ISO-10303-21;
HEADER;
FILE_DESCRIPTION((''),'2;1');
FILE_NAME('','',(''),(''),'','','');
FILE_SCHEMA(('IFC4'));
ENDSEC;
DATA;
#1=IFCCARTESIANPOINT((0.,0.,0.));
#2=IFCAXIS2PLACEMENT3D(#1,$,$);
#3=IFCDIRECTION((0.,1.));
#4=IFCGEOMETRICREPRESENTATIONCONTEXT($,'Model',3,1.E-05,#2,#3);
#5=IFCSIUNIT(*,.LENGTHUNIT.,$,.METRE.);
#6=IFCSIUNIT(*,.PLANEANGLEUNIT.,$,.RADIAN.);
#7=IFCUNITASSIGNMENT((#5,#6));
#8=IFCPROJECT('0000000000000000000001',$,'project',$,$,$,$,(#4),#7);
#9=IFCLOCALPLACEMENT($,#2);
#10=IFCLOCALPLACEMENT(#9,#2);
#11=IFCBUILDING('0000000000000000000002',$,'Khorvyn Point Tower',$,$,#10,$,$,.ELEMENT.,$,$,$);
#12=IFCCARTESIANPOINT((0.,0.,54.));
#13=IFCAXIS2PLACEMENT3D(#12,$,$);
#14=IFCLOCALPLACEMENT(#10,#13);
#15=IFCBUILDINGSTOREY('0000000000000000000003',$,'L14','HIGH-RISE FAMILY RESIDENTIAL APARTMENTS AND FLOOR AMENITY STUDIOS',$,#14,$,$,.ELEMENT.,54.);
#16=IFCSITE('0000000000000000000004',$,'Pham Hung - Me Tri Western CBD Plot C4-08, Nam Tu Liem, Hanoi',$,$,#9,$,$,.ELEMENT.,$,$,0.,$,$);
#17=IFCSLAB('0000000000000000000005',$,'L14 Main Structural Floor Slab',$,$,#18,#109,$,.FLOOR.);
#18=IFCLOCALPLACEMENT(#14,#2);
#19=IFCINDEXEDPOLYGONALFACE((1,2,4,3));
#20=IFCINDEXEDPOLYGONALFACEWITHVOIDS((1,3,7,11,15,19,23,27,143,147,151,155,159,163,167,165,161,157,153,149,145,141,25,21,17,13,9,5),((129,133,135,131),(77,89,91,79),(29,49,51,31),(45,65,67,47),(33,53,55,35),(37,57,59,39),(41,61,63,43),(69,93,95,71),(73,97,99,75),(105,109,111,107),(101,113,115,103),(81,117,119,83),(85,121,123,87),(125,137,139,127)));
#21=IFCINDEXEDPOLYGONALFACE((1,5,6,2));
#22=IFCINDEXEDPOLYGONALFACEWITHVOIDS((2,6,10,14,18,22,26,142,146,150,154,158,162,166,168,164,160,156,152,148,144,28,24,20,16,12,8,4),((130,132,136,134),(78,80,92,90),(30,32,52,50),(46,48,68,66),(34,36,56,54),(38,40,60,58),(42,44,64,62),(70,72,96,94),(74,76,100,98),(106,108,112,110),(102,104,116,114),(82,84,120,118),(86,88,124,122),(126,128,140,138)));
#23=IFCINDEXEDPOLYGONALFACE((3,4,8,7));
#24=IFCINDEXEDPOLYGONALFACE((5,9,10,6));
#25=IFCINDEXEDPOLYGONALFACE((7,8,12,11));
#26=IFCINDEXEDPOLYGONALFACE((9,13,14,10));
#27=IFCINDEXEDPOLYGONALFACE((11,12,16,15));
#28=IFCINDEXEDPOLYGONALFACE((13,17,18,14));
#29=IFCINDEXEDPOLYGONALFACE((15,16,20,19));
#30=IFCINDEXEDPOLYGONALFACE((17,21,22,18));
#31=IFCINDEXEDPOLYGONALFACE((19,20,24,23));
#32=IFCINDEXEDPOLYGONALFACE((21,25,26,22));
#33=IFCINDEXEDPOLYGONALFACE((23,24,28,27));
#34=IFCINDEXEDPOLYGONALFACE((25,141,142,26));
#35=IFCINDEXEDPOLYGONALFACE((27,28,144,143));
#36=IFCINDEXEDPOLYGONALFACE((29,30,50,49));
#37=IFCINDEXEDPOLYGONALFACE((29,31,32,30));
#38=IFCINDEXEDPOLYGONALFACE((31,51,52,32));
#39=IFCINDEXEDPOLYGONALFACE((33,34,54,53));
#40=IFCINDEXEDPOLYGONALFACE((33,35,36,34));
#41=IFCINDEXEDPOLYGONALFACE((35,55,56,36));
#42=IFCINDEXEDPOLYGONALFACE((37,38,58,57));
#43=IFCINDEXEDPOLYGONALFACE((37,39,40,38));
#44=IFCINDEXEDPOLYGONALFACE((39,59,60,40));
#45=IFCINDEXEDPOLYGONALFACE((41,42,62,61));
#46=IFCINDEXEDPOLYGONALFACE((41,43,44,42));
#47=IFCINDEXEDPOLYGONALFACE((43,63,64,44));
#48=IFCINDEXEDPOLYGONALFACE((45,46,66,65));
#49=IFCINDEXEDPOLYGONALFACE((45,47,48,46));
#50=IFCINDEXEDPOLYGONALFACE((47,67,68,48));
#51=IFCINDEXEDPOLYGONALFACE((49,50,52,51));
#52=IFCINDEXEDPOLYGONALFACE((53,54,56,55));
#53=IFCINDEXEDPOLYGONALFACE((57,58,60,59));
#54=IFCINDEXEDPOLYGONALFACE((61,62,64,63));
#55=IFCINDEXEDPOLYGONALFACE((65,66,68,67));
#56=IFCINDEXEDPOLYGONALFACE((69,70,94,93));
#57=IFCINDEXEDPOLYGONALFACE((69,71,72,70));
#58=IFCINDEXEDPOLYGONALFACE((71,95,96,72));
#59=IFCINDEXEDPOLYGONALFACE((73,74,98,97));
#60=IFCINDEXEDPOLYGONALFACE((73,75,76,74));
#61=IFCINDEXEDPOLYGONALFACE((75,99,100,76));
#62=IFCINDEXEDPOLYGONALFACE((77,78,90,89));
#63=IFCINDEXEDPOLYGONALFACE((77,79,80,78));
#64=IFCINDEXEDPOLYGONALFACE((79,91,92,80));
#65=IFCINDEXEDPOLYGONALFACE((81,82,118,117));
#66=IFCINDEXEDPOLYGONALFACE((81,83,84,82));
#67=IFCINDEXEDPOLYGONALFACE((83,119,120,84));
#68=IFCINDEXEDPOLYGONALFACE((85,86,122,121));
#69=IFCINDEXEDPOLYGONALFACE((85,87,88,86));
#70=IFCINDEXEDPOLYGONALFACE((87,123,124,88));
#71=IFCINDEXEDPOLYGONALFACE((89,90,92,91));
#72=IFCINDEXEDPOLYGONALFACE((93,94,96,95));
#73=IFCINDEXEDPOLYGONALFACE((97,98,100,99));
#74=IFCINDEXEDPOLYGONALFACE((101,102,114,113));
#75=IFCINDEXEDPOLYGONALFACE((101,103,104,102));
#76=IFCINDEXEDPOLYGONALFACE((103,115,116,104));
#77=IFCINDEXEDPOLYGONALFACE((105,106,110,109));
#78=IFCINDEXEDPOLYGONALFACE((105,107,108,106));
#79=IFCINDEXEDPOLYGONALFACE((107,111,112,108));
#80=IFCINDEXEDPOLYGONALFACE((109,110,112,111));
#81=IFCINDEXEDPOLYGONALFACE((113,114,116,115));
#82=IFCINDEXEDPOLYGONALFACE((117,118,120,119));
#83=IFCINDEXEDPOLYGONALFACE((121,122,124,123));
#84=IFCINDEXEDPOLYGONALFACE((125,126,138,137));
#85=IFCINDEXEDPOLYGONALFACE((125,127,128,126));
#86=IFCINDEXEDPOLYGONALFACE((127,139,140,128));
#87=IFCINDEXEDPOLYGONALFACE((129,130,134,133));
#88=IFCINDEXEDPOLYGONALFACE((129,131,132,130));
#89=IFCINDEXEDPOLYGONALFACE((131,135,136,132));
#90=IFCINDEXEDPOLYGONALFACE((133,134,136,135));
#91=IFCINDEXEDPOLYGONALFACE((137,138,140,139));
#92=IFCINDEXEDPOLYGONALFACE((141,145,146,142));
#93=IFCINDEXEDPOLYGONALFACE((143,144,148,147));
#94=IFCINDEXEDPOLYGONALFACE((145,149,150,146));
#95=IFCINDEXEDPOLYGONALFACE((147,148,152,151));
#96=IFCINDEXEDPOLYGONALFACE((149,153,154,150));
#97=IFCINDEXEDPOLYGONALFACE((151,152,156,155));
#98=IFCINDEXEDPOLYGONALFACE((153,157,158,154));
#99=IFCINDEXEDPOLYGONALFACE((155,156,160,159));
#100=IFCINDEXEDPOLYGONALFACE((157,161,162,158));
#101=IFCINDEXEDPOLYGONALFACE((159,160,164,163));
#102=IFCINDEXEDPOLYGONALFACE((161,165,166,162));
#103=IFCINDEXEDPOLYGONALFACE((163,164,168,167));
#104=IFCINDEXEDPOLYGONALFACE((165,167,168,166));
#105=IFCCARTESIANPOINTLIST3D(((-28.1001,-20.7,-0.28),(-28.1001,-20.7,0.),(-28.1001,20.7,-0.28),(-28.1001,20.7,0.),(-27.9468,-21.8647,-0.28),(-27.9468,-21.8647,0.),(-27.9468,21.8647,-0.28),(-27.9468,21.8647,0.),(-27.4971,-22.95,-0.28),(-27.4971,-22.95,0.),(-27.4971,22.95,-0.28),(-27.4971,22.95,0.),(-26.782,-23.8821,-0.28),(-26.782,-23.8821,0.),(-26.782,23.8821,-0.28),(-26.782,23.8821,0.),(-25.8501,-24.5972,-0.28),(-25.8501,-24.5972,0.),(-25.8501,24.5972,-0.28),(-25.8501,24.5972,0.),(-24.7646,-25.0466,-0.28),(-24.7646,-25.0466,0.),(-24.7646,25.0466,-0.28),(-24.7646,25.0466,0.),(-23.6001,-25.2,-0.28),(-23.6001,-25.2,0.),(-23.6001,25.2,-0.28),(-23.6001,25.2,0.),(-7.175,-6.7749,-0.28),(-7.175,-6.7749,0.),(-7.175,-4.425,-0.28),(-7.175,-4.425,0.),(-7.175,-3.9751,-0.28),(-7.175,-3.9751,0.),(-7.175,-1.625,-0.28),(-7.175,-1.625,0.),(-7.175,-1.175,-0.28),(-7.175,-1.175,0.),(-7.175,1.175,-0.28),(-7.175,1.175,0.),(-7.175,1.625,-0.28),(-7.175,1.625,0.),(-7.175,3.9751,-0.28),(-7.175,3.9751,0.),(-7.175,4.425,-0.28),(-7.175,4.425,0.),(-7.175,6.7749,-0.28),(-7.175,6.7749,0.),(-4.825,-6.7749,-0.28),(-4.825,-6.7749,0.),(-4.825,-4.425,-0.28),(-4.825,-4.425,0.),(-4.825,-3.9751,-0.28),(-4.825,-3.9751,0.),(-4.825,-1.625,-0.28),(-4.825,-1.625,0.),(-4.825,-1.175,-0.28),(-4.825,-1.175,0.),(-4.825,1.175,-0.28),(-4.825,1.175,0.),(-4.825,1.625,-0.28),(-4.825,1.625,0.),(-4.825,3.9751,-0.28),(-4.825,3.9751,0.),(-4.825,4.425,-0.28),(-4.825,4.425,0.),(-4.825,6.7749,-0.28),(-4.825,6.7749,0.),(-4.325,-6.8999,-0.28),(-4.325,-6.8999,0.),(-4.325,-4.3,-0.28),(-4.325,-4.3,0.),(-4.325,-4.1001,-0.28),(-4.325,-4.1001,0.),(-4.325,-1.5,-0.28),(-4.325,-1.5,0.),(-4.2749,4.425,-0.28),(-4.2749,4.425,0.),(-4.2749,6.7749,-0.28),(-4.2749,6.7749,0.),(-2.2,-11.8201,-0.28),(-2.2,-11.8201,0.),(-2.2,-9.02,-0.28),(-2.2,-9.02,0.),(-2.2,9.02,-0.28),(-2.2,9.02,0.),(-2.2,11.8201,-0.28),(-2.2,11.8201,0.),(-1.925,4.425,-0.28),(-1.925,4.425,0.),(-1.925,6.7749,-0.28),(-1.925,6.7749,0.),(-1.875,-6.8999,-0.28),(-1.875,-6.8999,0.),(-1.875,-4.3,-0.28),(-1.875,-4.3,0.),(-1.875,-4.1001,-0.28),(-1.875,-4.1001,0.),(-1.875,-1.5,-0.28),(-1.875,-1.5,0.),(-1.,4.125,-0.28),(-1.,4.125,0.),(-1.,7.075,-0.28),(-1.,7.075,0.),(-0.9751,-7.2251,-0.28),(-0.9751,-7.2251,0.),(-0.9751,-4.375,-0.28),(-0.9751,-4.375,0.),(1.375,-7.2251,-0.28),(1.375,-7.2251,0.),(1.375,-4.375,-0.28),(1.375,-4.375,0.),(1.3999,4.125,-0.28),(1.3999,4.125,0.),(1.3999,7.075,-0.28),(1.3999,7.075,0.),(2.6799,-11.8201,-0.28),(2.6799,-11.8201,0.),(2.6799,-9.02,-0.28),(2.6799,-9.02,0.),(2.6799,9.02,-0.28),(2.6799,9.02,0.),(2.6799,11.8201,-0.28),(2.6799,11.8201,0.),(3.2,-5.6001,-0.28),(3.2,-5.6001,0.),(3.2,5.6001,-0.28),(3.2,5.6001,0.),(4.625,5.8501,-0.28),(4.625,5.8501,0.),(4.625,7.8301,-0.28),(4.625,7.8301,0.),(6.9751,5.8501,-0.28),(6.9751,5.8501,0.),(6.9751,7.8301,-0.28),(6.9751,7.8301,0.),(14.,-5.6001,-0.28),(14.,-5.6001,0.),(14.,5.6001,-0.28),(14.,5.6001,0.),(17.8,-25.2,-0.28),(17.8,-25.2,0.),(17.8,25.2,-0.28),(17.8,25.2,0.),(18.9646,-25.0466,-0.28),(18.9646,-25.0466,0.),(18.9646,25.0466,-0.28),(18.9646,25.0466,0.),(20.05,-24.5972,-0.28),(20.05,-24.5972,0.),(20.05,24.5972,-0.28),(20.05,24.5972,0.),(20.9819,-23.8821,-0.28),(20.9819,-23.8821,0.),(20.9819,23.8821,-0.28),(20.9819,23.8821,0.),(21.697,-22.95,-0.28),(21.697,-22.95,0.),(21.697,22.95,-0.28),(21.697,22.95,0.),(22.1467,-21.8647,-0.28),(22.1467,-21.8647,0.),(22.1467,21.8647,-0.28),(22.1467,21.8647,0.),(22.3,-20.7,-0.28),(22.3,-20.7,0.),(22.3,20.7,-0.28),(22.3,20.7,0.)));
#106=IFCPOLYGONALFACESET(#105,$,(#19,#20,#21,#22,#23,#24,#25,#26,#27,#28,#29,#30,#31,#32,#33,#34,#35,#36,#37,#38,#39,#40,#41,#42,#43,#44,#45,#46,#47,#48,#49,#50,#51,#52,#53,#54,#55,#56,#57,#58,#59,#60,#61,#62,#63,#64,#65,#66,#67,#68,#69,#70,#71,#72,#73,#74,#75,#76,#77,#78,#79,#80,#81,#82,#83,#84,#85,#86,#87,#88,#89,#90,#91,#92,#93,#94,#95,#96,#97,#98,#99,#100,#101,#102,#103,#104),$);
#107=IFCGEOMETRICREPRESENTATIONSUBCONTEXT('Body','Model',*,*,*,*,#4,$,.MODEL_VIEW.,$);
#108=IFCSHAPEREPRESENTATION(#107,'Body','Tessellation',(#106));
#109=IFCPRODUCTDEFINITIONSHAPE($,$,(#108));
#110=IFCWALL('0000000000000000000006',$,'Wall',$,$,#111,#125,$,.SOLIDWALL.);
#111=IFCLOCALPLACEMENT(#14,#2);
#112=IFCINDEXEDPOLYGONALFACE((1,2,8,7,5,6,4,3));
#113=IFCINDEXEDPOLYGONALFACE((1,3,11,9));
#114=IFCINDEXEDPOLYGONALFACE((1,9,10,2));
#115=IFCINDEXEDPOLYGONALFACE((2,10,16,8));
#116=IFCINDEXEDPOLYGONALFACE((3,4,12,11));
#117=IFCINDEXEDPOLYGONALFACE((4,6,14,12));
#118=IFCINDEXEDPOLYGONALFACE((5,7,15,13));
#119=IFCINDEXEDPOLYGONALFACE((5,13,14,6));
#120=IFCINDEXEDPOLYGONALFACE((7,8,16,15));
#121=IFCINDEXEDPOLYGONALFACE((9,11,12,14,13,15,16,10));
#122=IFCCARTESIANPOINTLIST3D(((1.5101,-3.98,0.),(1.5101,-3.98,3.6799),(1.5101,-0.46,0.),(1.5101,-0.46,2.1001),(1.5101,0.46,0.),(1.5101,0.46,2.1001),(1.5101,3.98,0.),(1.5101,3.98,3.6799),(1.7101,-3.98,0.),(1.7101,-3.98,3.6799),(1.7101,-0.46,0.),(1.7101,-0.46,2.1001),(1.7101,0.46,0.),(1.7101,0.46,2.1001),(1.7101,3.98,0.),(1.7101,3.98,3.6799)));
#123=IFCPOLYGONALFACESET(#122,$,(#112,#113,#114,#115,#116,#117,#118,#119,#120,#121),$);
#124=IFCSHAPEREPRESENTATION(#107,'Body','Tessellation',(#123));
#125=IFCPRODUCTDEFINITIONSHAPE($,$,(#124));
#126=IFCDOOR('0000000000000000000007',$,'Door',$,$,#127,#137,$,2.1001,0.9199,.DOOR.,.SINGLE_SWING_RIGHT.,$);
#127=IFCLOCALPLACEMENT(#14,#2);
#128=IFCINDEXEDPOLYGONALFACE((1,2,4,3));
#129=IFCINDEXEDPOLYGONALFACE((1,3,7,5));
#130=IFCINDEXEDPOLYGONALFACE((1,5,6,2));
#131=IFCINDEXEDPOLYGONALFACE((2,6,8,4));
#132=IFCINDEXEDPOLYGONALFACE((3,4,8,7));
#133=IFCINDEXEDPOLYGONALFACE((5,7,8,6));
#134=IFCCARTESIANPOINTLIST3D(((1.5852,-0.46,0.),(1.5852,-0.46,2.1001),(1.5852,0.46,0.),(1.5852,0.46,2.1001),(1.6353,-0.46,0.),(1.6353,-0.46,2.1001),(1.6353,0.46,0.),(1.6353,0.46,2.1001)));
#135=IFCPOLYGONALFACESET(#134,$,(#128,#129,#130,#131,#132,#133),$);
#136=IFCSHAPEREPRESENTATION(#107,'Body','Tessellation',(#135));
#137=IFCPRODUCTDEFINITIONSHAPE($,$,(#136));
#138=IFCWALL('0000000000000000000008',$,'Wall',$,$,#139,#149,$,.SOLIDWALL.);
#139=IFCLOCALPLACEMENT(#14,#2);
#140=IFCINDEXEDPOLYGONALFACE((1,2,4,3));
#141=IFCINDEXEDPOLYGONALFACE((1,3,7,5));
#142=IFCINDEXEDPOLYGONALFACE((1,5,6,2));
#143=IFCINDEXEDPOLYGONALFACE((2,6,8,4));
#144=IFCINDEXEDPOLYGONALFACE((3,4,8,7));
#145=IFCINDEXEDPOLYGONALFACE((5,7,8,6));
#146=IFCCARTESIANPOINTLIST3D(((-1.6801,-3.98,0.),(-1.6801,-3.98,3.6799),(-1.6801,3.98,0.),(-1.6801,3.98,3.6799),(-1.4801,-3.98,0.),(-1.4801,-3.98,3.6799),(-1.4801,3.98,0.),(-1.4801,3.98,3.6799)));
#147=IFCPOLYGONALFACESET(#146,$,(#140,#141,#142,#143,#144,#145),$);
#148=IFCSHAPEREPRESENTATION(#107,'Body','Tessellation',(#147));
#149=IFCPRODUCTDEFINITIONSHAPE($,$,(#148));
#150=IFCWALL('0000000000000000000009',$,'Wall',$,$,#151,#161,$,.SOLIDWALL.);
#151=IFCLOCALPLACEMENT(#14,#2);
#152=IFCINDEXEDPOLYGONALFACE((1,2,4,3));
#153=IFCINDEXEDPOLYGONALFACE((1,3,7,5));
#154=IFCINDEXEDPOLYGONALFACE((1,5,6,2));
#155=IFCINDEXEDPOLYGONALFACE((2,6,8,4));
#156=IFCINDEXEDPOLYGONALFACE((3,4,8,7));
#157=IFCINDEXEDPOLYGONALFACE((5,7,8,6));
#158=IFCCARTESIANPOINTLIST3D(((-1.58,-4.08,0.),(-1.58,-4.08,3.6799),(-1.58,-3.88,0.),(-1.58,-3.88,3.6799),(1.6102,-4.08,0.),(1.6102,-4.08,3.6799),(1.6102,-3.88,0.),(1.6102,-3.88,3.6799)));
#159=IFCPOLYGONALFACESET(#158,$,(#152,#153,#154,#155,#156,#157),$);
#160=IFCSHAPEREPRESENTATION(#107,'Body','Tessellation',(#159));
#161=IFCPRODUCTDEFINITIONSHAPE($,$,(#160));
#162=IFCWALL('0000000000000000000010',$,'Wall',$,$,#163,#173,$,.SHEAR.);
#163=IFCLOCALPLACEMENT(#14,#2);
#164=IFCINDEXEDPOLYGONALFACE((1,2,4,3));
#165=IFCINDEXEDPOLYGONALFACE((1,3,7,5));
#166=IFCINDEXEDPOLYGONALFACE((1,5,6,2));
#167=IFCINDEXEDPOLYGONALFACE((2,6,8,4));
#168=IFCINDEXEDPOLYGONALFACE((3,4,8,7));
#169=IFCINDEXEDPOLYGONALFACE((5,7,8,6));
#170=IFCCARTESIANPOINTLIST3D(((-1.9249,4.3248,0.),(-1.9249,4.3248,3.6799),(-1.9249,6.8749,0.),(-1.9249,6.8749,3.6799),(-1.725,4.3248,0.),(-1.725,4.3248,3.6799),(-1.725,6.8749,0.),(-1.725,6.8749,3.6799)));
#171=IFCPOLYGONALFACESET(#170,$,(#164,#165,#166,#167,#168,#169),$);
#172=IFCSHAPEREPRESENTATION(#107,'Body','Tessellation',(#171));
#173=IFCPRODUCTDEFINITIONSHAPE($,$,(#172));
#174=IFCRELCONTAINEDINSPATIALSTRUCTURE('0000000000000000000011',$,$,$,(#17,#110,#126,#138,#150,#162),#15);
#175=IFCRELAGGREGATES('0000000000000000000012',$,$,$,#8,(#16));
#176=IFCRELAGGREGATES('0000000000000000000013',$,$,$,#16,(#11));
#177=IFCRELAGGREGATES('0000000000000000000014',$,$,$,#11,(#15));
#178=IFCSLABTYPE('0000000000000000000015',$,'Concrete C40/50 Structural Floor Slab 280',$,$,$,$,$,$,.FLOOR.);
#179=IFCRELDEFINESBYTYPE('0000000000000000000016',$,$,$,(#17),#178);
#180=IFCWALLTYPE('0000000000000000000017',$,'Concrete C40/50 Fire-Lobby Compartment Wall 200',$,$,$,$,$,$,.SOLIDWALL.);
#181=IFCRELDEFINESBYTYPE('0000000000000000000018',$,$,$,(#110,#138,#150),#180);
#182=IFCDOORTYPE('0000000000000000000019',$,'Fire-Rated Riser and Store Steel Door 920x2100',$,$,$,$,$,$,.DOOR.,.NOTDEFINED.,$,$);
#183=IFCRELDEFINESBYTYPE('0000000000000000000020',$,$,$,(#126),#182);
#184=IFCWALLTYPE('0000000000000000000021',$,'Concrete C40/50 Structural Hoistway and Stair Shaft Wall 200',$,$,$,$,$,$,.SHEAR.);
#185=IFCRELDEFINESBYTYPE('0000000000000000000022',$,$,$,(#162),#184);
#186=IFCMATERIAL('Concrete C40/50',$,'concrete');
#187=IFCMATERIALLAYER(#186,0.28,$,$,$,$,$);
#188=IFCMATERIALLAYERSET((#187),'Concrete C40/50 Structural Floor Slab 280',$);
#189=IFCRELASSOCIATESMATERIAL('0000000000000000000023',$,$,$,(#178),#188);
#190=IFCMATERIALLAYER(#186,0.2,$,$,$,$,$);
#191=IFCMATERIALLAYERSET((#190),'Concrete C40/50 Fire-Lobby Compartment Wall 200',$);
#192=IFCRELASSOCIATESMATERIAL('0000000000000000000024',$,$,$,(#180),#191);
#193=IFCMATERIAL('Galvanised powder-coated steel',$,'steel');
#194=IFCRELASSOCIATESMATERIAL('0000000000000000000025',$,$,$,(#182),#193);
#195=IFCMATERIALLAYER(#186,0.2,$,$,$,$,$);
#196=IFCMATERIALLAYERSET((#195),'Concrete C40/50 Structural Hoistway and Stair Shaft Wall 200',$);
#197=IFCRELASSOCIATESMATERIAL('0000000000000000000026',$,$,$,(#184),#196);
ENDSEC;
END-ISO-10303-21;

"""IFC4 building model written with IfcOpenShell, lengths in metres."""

from ifc_helpers import new_model, si_unit, direction, frame, frame_2d, origin, place, context, subcontext, project, spatial, polyline, rectangle, outline, extrude, material, layer, layer_set, type_object, element, fill, save


model = new_model("IFC4")

# Units and contexts
model_context = context("Model", 3, precision=1e-05, world=origin(), true_north=direction((0.0, 1.0)))
body_context = subcontext(model_context, "Body", "Model", "MODEL_VIEW")
ifc_project = project(units=[si_unit("LENGTHUNIT", "METRE"), si_unit("PLANEANGLEUNIT", "RADIAN")], contexts=[model_context])

# Site, building, storey
site_placement = place(None, origin())
site = spatial("IfcSite", under=ifc_project, at=site_placement, Name="Pham Hung - Me Tri Western CBD Plot C4-08, Nam Tu Liem, Hanoi", CompositionType="ELEMENT", RefElevation=0.0)
building_placement = place(site_placement, origin())
building = spatial("IfcBuilding", under=site, at=building_placement, Name="Khorvyn Point Tower", CompositionType="ELEMENT")
storey_placement = place(building_placement, frame((0.0, 0.0, 54.0)))
storey = spatial("IfcBuildingStorey", under=building, at=storey_placement, Name="L14", Description="HIGH-RISE FAMILY RESIDENTIAL APARTMENTS AND FLOOR AMENITY STUDIOS", CompositionType="ELEMENT", Elevation=54.0)

# Shared definitions
ifc_material_1 = material(Name="Concrete C40/50", Category="concrete")

# Slab
ifc_layer_1 = layer(ifc_material_1, 0.28)
ifc_layer_set_1 = layer_set([ifc_layer_1], Name="Concrete C40/50 Structural Floor Slab 280")
slab_type_1 = type_object("IfcSlabType", Name="Concrete C40/50 Structural Floor Slab 280", PredefinedType="FLOOR", material=ifc_layer_set_1)
slab_1_placement = place(storey_placement, frame((0.0, 0.0, -0.28)))
element("IfcSlab", 1, at=slab_1_placement, inside=storey, type_object=slab_type_1, Name="L14 Main Structural Floor Slab", PredefinedType="FLOOR", context=body_context, shape_type="SweptSolid", body=[
    extrude(outline(polyline([(-23.6001, -25.2), (-24.7646, -25.0466), (-25.8501, -24.5972), (-26.782, -23.8821), (-27.4971, -22.95), (-27.9468, -21.8647), (-28.1001, -20.7), (-28.1001, 20.7), (-27.9468, 21.8647), (-27.4971, 22.95), (-26.782, 23.8821), (-25.8501, 24.5972), (-24.7646, 25.0466), (-23.6001, 25.2), (17.8, 25.2), (18.9646, 25.0466), (20.05, 24.5972), (20.9819, 23.8821), (21.697, 22.95), (22.1467, 21.8647), (22.3, 20.7), (22.3, -20.7), (22.1467, -21.8647), (21.697, -22.95), (20.9819, -23.8821), (20.05, -24.5972), (18.9646, -25.0466), (17.8, -25.2), (-23.6001, -25.2)]), holes=[polyline([(-4.825, -6.7749), (-4.825, -4.425), (-7.175, -4.425), (-7.175, -6.7749), (-4.825, -6.7749)]), polyline([(-4.325, -6.8999), (-1.875, -6.8999), (-1.875, -4.3), (-4.325, -4.3), (-4.325, -6.8999)]), polyline([(-7.175, -3.9751), (-4.825, -3.9751), (-4.825, -1.625), (-7.175, -1.625), (-7.175, -3.9751)]), polyline([(-7.175, -1.175), (-4.825, -1.175), (-4.825, 1.175), (-7.175, 1.175), (-7.175, -1.175)]), polyline([(-7.175, 1.625), (-4.825, 1.625), (-4.825, 3.9751), (-7.175, 3.9751), (-7.175, 1.625)]), polyline([(-7.175, 4.425), (-4.825, 4.425), (-4.825, 6.7749), (-7.175, 6.7749), (-7.175, 4.425)]), polyline([(-4.2749, 4.425), (-1.925, 4.425), (-1.925, 6.7749), (-4.2749, 6.7749), (-4.2749, 4.425)]), polyline([(2.6799, -11.8201), (2.6799, -9.02), (-2.2, -9.02), (-2.2, -11.8201), (2.6799, -11.8201)]), polyline([(-0.9751, -7.2251), (1.375, -7.2251), (1.375, -4.375), (-0.9751, -4.375), (-0.9751, -7.2251)]), polyline([(-4.325, -4.1001), (-1.875, -4.1001), (-1.875, -1.5), (-4.325, -1.5), (-4.325, -4.1001)]), polyline([(3.2, -5.6001), (14.0, -5.6001), (14.0, 5.6001), (3.2, 5.6001), (3.2, -5.6001)]), polyline([(-1.0, 4.125), (1.3999, 4.125), (1.3999, 7.075), (-1.0, 7.075), (-1.0, 4.125)]), polyline([(4.625, 5.8501), (6.9751, 5.8501), (6.9751, 7.8301), (4.625, 7.8301), (4.625, 5.8501)]), polyline([(-2.2, 9.02), (2.6799, 9.02), (2.6799, 11.8201), (-2.2, 11.8201), (-2.2, 9.02)])]), origin(), (0.0, 0.0, 1.0), 0.28),
])

# Wall, opening, door
ifc_layer_2 = layer(ifc_material_1, 0.2)
ifc_layer_set_2 = layer_set([ifc_layer_2], Name="Concrete C40/50 Fire-Lobby Compartment Wall 200")
wall_type_1 = type_object("IfcWallType", Name="Concrete C40/50 Fire-Lobby Compartment Wall 200", PredefinedType="SOLIDWALL", material=ifc_layer_set_2)
wall_1_placement = place(storey_placement, frame((1.6101, -3.98, 0.0), z_axis=(0.0, 0.0, 1.0), x_axis=(0.0, 1.0, 0.0)))
wall_1 = element("IfcWall", 2, at=wall_1_placement, inside=storey, type_object=wall_type_1, Name="Wall", PredefinedType="SOLIDWALL", context=body_context, shape_type="SweptSolid", body=[
    extrude(rectangle(XDim=7.96, YDim=0.2, at=frame_2d((3.98, 0.0))), origin(), (0.0, 0.0, 1.0), 3.6799),
])
opening_1_placement = place(wall_1_placement, frame((3.52, 0.0, 0.0)))
opening_1 = element("IfcOpeningElement", 3, at=opening_1_placement, cuts=wall_1, PredefinedType="OPENING", context=body_context, shape_type="SweptSolid", body=[
    extrude(rectangle(XDim=0.9199, YDim=2.1001, at=frame_2d((0.46, 1.05))), frame((0.0, 0.1099, 0.0), z_axis=(0.0, -1.0, 0.0), x_axis=(1.0, 0.0, 0.0)), (0.0, 0.0, 1.0), 0.22),
])
ifc_material_2 = material(Name="Galvanised powder-coated steel", Category="steel")
door_type_1 = type_object("IfcDoorType", Name="Fire-Rated Riser and Store Steel Door 920x2100", OperationType="NOTDEFINED", PredefinedType="DOOR", material=ifc_material_2)
door_1_placement = place(opening_1_placement, origin())
door_1 = element("IfcDoor", 4, at=door_1_placement, inside=storey, type_object=door_type_1, Name="Door", OperationType="SINGLE_SWING_RIGHT", OverallHeight=2.1001, OverallWidth=0.9199, PredefinedType="DOOR", context=body_context, shape_type="SweptSolid", body=[
    extrude(rectangle(XDim=0.9199, YDim=2.1001, at=frame_2d((0.46, 1.05))), frame((0.0, 0.0249, 0.0), z_axis=(0.0, -1.0, 0.0), x_axis=(1.0, 0.0, 0.0)), (0.0, 0.0, 1.0), 0.05),
])
fill(opening_1, door_1)

# Walls
wall_2_placement = place(storey_placement, frame((-1.5801, -3.98, 0.0), z_axis=(0.0, 0.0, 1.0), x_axis=(0.0, 1.0, 0.0)))
element("IfcWall", 5, at=wall_2_placement, inside=storey, type_object=wall_type_1, Name="Wall", PredefinedType="SOLIDWALL", context=body_context, shape_type="SweptSolid", body=[
    extrude(rectangle(XDim=7.96, YDim=0.2, at=frame_2d((3.98, 0.0))), origin(), (0.0, 0.0, 1.0), 3.6799),
])
wall_3_placement = place(storey_placement, frame((-1.5801, -3.98, 0.0), z_axis=(0.0, 0.0, 1.0), x_axis=(1.0, 0.0, 0.0)))
element("IfcWall", 6, at=wall_3_placement, inside=storey, type_object=wall_type_1, Name="Wall", PredefinedType="SOLIDWALL", context=body_context, shape_type="SweptSolid", body=[
    extrude(rectangle(XDim=3.1902, YDim=0.2, at=frame_2d((1.5952, 0.0))), origin(), (0.0, 0.0, 1.0), 3.6799),
])
ifc_layer_3 = layer(ifc_material_1, 0.2)
ifc_layer_set_3 = layer_set([ifc_layer_3], Name="Concrete C40/50 Structural Hoistway and Stair Shaft Wall 200")
wall_type_2 = type_object("IfcWallType", Name="Concrete C40/50 Structural Hoistway and Stair Shaft Wall 200", PredefinedType="SHEAR", material=ifc_layer_set_3)
wall_4_placement = place(storey_placement, frame((-1.825, 4.325, 0.0), z_axis=(0.0, 0.0, 1.0), x_axis=(0.0, 1.0, 0.0)))
element("IfcWall", 7, at=wall_4_placement, inside=storey, type_object=wall_type_2, Name="Wall", PredefinedType="SHEAR", context=body_context, shape_type="SweptSolid", body=[
    extrude(rectangle(XDim=2.55, YDim=0.2, at=frame_2d((1.2749, 0.0))), origin(), (0.0, 0.0, 1.0), 3.6799),
])

save(model, "model.ifc")
